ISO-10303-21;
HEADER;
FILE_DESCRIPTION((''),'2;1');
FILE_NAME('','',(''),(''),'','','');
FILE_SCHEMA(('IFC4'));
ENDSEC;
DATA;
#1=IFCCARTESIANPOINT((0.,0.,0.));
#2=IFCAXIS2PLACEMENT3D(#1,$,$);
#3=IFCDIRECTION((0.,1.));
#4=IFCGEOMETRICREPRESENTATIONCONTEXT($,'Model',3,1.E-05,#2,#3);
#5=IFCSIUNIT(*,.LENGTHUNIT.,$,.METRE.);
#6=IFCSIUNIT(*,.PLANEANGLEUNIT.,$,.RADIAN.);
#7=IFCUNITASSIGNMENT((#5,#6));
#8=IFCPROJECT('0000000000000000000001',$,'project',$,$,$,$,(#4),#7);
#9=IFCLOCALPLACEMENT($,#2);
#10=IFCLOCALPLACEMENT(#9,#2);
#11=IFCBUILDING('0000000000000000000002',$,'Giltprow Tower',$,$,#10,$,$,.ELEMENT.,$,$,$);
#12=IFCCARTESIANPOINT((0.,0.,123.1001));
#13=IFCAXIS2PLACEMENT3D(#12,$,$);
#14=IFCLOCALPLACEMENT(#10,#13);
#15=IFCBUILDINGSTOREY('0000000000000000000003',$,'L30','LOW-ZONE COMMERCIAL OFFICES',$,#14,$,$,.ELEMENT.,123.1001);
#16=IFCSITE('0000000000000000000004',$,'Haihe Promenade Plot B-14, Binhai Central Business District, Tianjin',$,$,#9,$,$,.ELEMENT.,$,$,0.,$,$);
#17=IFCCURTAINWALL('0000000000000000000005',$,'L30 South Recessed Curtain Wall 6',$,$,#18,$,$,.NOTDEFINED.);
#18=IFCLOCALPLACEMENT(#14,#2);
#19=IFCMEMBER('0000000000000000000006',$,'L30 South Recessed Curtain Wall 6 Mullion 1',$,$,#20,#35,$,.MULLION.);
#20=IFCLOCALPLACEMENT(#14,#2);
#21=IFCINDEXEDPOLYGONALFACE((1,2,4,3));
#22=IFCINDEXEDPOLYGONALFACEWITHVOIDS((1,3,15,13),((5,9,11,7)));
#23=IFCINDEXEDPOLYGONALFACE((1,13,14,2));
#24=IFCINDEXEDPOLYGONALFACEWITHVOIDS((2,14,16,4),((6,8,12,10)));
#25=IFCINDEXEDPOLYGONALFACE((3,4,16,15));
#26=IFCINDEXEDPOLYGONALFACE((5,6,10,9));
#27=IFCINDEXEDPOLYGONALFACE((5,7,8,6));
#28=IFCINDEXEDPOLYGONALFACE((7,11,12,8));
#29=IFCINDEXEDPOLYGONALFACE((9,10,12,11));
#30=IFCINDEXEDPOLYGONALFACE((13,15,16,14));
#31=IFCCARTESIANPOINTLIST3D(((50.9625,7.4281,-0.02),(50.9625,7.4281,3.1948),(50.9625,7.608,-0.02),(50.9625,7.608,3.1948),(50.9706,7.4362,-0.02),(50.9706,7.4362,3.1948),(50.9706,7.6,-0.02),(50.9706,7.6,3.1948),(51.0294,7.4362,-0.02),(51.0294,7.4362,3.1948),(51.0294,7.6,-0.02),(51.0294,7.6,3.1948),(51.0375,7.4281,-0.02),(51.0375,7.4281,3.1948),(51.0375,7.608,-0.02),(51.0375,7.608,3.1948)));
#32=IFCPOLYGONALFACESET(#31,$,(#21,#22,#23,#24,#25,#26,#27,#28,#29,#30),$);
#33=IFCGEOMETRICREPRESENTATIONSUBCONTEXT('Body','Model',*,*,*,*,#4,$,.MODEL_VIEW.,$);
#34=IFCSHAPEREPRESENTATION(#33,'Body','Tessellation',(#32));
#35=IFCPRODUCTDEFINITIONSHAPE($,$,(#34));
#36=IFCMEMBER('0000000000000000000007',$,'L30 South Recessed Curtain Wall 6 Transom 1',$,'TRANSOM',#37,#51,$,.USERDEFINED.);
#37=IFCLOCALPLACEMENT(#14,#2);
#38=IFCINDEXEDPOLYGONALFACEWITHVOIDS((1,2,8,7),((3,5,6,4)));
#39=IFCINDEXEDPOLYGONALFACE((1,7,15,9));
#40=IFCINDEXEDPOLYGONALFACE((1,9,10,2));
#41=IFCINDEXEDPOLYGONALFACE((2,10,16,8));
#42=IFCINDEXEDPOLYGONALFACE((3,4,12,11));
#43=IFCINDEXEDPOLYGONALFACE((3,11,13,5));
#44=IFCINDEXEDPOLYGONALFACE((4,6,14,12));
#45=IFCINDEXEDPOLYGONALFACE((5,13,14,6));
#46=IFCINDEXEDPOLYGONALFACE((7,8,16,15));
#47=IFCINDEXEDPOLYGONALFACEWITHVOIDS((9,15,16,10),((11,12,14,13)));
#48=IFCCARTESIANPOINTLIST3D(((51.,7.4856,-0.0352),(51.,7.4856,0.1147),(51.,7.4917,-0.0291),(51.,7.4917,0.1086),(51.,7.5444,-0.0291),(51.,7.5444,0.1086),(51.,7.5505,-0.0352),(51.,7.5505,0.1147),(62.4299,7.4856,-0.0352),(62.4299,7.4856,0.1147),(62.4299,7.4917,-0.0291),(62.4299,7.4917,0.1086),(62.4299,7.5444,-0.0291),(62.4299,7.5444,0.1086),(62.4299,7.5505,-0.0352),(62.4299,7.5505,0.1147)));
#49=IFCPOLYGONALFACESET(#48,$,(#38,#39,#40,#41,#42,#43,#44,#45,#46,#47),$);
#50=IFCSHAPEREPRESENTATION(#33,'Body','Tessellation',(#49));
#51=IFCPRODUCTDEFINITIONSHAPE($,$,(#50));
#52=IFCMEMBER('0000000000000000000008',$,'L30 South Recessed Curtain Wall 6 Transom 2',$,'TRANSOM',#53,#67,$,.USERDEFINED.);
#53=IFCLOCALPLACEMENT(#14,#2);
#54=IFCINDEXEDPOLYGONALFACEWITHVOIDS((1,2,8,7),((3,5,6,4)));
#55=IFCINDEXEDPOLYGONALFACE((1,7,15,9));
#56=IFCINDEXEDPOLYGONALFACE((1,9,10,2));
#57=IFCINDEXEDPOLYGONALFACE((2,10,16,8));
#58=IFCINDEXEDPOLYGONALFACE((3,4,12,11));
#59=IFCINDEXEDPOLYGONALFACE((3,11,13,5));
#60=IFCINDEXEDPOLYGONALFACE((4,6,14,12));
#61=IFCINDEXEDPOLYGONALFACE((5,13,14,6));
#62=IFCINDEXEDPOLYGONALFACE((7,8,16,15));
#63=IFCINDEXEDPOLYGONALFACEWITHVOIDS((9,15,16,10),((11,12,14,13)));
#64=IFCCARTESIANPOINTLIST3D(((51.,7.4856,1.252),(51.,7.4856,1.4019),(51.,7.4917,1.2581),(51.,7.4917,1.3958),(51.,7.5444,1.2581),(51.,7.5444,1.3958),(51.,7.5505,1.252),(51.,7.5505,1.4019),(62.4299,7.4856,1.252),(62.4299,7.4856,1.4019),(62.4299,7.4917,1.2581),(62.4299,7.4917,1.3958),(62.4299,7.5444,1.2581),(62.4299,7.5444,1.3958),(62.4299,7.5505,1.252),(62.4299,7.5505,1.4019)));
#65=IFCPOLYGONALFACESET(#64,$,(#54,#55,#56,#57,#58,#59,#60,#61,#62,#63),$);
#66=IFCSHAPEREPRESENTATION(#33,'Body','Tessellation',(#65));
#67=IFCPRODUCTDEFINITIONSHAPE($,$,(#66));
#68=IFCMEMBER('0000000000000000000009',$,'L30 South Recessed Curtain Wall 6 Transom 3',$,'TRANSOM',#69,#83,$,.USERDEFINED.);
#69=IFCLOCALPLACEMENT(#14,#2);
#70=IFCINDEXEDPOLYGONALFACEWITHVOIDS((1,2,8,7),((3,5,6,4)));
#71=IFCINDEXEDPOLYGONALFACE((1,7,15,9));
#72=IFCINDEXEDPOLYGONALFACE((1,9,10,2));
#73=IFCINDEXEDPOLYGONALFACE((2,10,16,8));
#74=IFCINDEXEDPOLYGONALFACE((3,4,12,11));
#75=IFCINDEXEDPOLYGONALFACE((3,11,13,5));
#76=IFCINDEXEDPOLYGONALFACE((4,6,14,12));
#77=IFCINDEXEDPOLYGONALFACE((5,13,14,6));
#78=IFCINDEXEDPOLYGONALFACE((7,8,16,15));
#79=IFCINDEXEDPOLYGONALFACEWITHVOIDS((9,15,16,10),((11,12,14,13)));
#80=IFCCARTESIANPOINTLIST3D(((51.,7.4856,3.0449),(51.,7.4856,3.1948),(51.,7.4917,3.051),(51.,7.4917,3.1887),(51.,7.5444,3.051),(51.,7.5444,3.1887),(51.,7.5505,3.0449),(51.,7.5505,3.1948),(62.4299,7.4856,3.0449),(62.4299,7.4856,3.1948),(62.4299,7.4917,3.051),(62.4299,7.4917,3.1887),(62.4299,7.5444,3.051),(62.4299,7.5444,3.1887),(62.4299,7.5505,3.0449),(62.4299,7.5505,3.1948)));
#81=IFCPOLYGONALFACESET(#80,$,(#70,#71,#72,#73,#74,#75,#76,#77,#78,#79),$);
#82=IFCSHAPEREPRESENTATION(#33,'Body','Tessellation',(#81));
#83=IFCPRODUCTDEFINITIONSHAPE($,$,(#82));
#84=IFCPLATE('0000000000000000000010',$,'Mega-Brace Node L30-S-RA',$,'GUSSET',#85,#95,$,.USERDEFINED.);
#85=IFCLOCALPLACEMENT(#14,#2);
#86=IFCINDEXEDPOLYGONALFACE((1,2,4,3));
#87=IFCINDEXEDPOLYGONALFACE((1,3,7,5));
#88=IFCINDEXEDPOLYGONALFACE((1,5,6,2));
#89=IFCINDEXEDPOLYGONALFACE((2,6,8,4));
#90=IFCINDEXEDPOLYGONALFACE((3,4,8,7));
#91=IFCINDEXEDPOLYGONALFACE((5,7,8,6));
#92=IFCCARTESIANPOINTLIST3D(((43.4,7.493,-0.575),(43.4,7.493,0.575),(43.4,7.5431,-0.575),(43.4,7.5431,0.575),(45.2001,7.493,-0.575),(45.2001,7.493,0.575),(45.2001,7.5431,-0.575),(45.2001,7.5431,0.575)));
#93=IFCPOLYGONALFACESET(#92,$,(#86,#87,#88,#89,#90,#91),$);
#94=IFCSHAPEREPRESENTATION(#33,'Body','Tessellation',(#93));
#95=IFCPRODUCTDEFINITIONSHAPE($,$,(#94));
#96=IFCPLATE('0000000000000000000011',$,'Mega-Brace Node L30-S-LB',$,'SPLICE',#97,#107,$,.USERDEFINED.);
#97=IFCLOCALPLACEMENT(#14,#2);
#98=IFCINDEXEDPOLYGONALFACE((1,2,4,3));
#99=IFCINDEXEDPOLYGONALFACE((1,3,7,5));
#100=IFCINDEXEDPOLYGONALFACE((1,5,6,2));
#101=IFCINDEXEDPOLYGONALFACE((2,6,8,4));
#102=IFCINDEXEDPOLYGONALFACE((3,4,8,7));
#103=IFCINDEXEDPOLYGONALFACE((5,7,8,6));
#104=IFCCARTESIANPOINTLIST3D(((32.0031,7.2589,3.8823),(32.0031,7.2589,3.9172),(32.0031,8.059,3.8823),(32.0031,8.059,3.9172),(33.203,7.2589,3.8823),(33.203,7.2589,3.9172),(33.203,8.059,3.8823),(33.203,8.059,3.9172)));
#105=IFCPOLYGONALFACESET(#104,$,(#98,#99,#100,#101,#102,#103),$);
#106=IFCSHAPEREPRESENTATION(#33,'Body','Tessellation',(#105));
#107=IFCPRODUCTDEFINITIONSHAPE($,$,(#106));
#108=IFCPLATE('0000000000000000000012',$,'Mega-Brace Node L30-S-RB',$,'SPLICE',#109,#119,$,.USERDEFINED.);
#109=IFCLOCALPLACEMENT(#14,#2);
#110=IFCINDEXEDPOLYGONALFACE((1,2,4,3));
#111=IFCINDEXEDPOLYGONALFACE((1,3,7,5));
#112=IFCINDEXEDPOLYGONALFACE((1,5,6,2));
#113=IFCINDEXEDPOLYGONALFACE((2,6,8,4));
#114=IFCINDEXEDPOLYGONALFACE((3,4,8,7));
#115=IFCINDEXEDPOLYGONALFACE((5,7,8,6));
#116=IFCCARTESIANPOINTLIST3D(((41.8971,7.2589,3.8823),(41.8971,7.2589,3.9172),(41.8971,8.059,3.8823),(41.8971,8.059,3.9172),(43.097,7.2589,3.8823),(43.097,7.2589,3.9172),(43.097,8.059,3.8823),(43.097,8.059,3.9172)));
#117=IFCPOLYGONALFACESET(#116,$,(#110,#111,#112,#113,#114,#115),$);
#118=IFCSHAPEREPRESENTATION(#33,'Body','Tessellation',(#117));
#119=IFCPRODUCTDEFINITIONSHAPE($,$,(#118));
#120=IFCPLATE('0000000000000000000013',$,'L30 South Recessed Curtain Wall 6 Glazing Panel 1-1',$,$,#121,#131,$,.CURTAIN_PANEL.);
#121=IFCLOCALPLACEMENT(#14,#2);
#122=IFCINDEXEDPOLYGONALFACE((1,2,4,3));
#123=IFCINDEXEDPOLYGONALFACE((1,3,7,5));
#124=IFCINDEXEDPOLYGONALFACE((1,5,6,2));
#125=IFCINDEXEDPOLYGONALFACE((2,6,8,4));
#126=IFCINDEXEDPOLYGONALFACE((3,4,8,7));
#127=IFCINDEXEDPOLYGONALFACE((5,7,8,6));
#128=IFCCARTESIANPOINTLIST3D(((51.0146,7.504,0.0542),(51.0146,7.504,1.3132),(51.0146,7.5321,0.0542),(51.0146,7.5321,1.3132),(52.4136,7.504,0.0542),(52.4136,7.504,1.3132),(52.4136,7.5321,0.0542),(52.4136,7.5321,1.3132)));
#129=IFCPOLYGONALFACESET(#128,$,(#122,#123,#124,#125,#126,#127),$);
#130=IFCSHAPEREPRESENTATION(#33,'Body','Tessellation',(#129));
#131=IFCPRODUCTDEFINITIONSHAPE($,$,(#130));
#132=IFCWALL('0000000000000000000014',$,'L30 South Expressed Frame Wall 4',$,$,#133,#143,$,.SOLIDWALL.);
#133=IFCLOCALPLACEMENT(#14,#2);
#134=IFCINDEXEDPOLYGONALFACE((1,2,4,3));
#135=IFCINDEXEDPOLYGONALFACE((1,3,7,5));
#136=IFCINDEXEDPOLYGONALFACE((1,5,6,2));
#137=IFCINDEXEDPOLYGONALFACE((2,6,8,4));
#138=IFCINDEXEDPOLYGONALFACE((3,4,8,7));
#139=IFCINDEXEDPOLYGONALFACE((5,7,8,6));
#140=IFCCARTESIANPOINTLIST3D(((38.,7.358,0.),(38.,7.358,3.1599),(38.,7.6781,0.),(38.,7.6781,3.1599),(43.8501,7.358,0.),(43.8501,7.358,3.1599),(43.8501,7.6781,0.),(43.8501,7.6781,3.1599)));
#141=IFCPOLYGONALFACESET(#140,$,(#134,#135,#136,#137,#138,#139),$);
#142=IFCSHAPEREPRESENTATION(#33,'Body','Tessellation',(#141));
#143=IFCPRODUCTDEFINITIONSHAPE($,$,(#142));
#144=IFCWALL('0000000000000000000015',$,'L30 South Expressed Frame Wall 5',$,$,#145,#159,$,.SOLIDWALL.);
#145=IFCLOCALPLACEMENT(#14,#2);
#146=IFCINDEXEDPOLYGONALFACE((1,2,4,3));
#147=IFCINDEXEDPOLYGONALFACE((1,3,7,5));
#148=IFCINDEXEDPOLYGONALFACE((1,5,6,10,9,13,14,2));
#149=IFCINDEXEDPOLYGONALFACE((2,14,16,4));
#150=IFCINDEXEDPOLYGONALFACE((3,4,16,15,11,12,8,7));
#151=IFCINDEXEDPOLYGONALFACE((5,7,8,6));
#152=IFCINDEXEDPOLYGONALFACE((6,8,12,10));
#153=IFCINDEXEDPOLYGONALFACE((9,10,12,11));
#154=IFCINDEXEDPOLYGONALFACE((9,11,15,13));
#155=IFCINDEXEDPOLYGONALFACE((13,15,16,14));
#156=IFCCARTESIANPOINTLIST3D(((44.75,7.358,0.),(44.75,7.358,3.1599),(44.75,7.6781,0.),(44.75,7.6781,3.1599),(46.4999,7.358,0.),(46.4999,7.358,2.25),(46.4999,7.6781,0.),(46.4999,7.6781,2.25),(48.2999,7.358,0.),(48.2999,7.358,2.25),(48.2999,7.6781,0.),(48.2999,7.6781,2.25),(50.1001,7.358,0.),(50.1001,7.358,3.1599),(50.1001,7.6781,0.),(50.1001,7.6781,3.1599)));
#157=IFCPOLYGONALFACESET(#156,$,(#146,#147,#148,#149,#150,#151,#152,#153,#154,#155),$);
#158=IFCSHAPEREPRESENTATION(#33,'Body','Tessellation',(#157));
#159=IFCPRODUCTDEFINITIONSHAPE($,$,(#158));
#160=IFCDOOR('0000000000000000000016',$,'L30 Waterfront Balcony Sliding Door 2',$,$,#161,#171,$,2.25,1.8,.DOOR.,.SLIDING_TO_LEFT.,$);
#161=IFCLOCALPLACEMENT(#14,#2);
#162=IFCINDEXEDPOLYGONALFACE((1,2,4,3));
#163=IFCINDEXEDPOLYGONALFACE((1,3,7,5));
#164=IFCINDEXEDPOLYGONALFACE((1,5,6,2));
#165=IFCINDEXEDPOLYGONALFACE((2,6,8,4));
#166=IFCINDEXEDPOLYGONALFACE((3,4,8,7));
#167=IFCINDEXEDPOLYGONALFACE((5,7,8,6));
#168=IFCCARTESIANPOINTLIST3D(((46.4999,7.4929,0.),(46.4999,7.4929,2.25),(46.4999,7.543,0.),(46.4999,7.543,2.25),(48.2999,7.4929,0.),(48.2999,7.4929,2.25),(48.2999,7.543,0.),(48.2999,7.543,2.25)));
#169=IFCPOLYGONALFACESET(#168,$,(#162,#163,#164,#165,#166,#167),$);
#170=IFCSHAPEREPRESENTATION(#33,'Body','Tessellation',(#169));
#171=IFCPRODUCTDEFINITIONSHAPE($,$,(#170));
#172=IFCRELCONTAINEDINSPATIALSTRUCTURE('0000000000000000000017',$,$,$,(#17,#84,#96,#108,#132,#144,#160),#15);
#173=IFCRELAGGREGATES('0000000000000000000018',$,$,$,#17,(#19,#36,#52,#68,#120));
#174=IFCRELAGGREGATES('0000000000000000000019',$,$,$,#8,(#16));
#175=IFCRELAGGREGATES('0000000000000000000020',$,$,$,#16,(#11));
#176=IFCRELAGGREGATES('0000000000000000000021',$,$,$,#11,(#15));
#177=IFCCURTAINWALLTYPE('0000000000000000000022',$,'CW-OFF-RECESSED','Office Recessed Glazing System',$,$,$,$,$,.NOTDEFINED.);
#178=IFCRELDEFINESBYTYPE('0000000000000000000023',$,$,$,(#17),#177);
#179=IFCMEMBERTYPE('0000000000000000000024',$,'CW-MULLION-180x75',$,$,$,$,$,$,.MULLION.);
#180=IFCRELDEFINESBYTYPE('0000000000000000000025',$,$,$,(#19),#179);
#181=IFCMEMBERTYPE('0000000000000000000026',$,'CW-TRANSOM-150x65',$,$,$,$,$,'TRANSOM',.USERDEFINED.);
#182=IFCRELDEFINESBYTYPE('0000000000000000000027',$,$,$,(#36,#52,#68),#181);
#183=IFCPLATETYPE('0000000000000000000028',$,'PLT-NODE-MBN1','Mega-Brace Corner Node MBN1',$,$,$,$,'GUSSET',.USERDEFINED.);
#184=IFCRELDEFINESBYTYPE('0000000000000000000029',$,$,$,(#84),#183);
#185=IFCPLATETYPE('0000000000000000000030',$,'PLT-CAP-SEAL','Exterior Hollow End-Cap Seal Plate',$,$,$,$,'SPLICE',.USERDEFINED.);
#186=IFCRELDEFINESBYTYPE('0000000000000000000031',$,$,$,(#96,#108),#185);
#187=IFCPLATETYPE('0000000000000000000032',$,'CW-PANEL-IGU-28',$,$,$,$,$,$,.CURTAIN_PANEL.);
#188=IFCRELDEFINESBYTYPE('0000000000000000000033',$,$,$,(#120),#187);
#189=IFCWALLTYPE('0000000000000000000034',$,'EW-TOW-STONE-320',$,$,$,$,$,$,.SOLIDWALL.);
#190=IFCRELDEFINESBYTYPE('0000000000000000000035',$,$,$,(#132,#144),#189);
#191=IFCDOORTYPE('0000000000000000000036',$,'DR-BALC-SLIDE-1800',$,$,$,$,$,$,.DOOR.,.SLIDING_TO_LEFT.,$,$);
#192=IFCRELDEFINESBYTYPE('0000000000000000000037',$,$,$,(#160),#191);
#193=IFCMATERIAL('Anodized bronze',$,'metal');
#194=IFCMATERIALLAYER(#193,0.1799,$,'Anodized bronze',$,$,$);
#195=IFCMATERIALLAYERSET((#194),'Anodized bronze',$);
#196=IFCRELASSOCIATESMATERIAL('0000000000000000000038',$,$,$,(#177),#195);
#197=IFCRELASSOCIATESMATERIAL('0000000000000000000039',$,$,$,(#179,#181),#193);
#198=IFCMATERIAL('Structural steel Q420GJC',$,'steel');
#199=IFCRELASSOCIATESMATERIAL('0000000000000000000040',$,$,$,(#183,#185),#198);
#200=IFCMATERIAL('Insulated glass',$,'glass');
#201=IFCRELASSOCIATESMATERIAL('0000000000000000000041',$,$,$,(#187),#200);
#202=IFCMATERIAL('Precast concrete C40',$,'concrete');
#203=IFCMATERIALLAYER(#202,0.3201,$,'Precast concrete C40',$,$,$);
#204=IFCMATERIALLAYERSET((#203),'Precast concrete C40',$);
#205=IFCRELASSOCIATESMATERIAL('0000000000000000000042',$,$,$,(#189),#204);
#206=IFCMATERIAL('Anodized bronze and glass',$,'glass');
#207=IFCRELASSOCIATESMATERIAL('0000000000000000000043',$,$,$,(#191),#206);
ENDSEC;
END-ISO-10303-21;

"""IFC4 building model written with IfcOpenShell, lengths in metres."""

from ifc_helpers import new_model, si_unit, direction, frame, frame_2d, origin, origin_2d, place, context, subcontext, project, spatial, rectangle, hollow_rectangle, extrude, source, transform, mapped, material, layer, layer_set, material_profile, profile_set, type_object, element, fill, aggregate, save


model = new_model("IFC4")

# Units and contexts
model_context = context("Model", 3, precision=1e-05, world=origin(), true_north=direction((0.0, 1.0)))
body_context = subcontext(model_context, "Body", "Model", "MODEL_VIEW")
ifc_project = project(units=[si_unit("LENGTHUNIT", "METRE"), si_unit("PLANEANGLEUNIT", "RADIAN")], contexts=[model_context])

# Site, building, storey
site_placement = place(None, origin())
site = spatial("IfcSite", under=ifc_project, at=site_placement, Name="Haihe Promenade Plot B-14, Binhai Central Business District, Tianjin", CompositionType="ELEMENT", RefElevation=0.0)
building_placement = place(site_placement, origin())
building = spatial("IfcBuilding", under=site, at=building_placement, Name="Giltprow Tower", CompositionType="ELEMENT")
storey_placement = place(building_placement, frame((0.0, 0.0, 123.1001)))
storey = spatial("IfcBuildingStorey", under=building, at=storey_placement, Name="L30", Description="LOW-ZONE COMMERCIAL OFFICES", CompositionType="ELEMENT", Elevation=123.1001)

# Shared definitions
ifc_material_1 = material(Name="Structural steel Q420GJC", Category="steel")

# Curtain wall, members
ifc_material_2 = material(Name="Anodized bronze", Category="metal")
ifc_layer_1 = layer(ifc_material_2, 0.1799, Name="Anodized bronze")
ifc_layer_set_1 = layer_set([ifc_layer_1], Name="Anodized bronze")
curtain_wall_type = type_object("IfcCurtainWallType", Name="CW-OFF-RECESSED", Description="Office Recessed Glazing System", PredefinedType="NOTDEFINED", material=ifc_layer_set_1)
curtain_wall_placement = place(storey_placement, origin())
curtain_wall = element("IfcCurtainWall", 1, at=curtain_wall_placement, inside=storey, type_object=curtain_wall_type, Name="L30 South Recessed Curtain Wall 6", PredefinedType="NOTDEFINED")
ifc_material_profile_1 = material_profile(ifc_material_2, hollow_rectangle(XDim=0.075, YDim=0.1799, WallThickness=0.0081, at=origin_2d()), Name="RHS 180x75x8")
ifc_profile_set_1 = profile_set([ifc_material_profile_1], Name="Anodized bronze")
member_type_1 = type_object("IfcMemberType", Name="CW-MULLION-180x75", PredefinedType="MULLION", material=ifc_profile_set_1)
shared_shape_1 = source(origin(), body_context, "Body", "SweptSolid", [
    extrude(hollow_rectangle(XDim=0.075, YDim=0.1799, WallThickness=0.0081, at=origin_2d()), origin(), (0.0, 0.0, 1.0), 3.2148),
])
member_1_placement = place(storey_placement, frame((51.0, 7.5181, -0.02), z_axis=(0.0, 0.0, 1.0), x_axis=(1.0, 0.0, 0.0)))
member_1 = element("IfcMember", 2, at=member_1_placement, type_object=member_type_1, Name="L30 South Recessed Curtain Wall 6 Mullion 1", PredefinedType="MULLION", context=body_context, shape_type="MappedRepresentation", body=[
    mapped(shared_shape_1, transform((0.0, 0.0, 0.0), x_axis=(1.0, 0.0, 0.0), y_axis=(0.0, 1.0, 0.0), z_axis=(0.0, 0.0, 1.0), scale=1.0)),
])
ifc_material_profile_2 = material_profile(ifc_material_2, hollow_rectangle(XDim=0.0649, YDim=0.1499, WallThickness=0.0061, at=origin_2d()), Name="RHS 150x65x6")
ifc_profile_set_2 = profile_set([ifc_material_profile_2], Name="Anodized bronze")
member_type_2 = type_object("IfcMemberType", Name="CW-TRANSOM-150x65", ElementType="TRANSOM", PredefinedType="USERDEFINED", material=ifc_profile_set_2)
shared_shape_2 = source(origin(), body_context, "Body", "SweptSolid", [
    extrude(hollow_rectangle(XDim=0.0649, YDim=0.1499, WallThickness=0.0061, at=origin_2d()), origin(), (0.0, 0.0, 1.0), 11.4299),
])
member_2_placement = place(storey_placement, frame((51.0, 7.5181, 0.0398), z_axis=(1.0, 0.0, 0.0), x_axis=(0.0, 1.0, 0.0)))
member_2 = element("IfcMember", 3, at=member_2_placement, type_object=member_type_2, Name="L30 South Recessed Curtain Wall 6 Transom 1", ObjectType="TRANSOM", PredefinedType="USERDEFINED", context=body_context, shape_type="MappedRepresentation", body=[
    mapped(shared_shape_2, transform((0.0, 0.0, 0.0), x_axis=(1.0, 0.0, 0.0), y_axis=(0.0, 1.0, 0.0), z_axis=(0.0, 0.0, 1.0), scale=1.0)),
])
member_3_placement = place(storey_placement, frame((51.0, 7.5181, 1.3269), z_axis=(1.0, 0.0, 0.0), x_axis=(0.0, 1.0, 0.0)))
member_3 = element("IfcMember", 4, at=member_3_placement, type_object=member_type_2, Name="L30 South Recessed Curtain Wall 6 Transom 2", ObjectType="TRANSOM", PredefinedType="USERDEFINED", context=body_context, shape_type="MappedRepresentation", body=[
    mapped(shared_shape_2, transform((0.0, 0.0, 0.0), x_axis=(1.0, 0.0, 0.0), y_axis=(0.0, 1.0, 0.0), z_axis=(0.0, 0.0, 1.0), scale=1.0)),
])
member_4_placement = place(storey_placement, frame((51.0, 7.5181, 3.1199), z_axis=(1.0, 0.0, 0.0), x_axis=(0.0, 1.0, 0.0)))
member_4 = element("IfcMember", 5, at=member_4_placement, type_object=member_type_2, Name="L30 South Recessed Curtain Wall 6 Transom 3", ObjectType="TRANSOM", PredefinedType="USERDEFINED", context=body_context, shape_type="MappedRepresentation", body=[
    mapped(shared_shape_2, transform((0.0, 0.0, 0.0), x_axis=(1.0, 0.0, 0.0), y_axis=(0.0, 1.0, 0.0), z_axis=(0.0, 0.0, 1.0), scale=1.0)),
])

# Plates
plate_type_1 = type_object("IfcPlateType", Name="PLT-NODE-MBN1", Description="Mega-Brace Corner Node MBN1", ElementType="GUSSET", PredefinedType="USERDEFINED", material=ifc_material_1)
shared_shape_3 = source(origin(), body_context, "Body", "SweptSolid", [
    extrude(rectangle(XDim=1.8, YDim=0.05, at=origin_2d()), origin(), (0.0, 0.0, 1.0), 1.1499),
])
plate_1_placement = place(storey_placement, frame((44.3, 7.5181, -0.575), z_axis=(0.0, 0.0, 1.0), x_axis=(1.0, 0.0, 0.0)))
element("IfcPlate", 6, at=plate_1_placement, inside=storey, type_object=plate_type_1, Name="Mega-Brace Node L30-S-RA", ObjectType="GUSSET", PredefinedType="USERDEFINED", context=body_context, shape_type="MappedRepresentation", body=[
    mapped(shared_shape_3, transform((0.0, 0.0, 0.0), x_axis=(1.0, 0.0, 0.0), y_axis=(0.0, 1.0, 0.0), z_axis=(0.0, 0.0, 1.0), scale=1.0)),
])
plate_type_2 = type_object("IfcPlateType", Name="PLT-CAP-SEAL", Description="Exterior Hollow End-Cap Seal Plate", ElementType="SPLICE", PredefinedType="USERDEFINED", material=ifc_material_1)
shared_shape_4 = source(origin(), body_context, "Body", "SweptSolid", [
    extrude(rectangle(XDim=1.2, YDim=0.8, at=origin_2d()), origin(), (0.0, 0.0, 1.0), 0.0349),
])
for number, where, z_axis, x_axis, name in (
    (7, (32.603, 7.6589, 3.8823), (0.0, 0.0, 1.0), (1.0, 0.0, 0.0), "Mega-Brace Node L30-S-LB"),
    (8, (42.4971, 7.6589, 3.8823), (0.0, 0.0, 1.0), (1.0, 0.0, 0.0), "Mega-Brace Node L30-S-RB"),
):
    element("IfcPlate", number, at=place(storey_placement, frame(where, z_axis=z_axis, x_axis=x_axis)), inside=storey, type_object=plate_type_2, Name=name, ObjectType="SPLICE", PredefinedType="USERDEFINED", context=body_context, shape_type="MappedRepresentation", body=[
        mapped(shared_shape_4, transform((0.0, 0.0, 0.0), x_axis=(1.0, 0.0, 0.0), y_axis=(0.0, 1.0, 0.0), z_axis=(0.0, 0.0, 1.0), scale=1.0)),
    ])

# Plate
ifc_material_3 = material(Name="Insulated glass", Category="glass")
plate_type_3 = type_object("IfcPlateType", Name="CW-PANEL-IGU-28", PredefinedType="CURTAIN_PANEL", material=ifc_material_3)
shared_shape_5 = source(origin(), body_context, "Body", "SweptSolid", [
    extrude(rectangle(XDim=1.3989, YDim=0.0281, at=origin_2d()), origin(), (0.0, 0.0, 1.0), 1.259),
])
plate_2_placement = place(storey_placement, frame((51.7141, 7.5181, 0.0542), z_axis=(0.0, 0.0, 1.0), x_axis=(1.0, 0.0, 0.0)))
plate_2 = element("IfcPlate", 9, at=plate_2_placement, type_object=plate_type_3, Name="L30 South Recessed Curtain Wall 6 Glazing Panel 1-1", PredefinedType="CURTAIN_PANEL", context=body_context, shape_type="MappedRepresentation", body=[
    mapped(shared_shape_5, transform((0.0, 0.0, 0.0), x_axis=(1.0, 0.0, 0.0), y_axis=(0.0, 1.0, 0.0), z_axis=(0.0, 0.0, 1.0), scale=1.0)),
])
aggregate(curtain_wall, [member_1, member_2, member_3, member_4, plate_2])

# Wall
ifc_material_4 = material(Name="Precast concrete C40", Category="concrete")
ifc_layer_2 = layer(ifc_material_4, 0.3201, Name="Precast concrete C40")
ifc_layer_set_2 = layer_set([ifc_layer_2], Name="Precast concrete C40")
wall_type_1 = type_object("IfcWallType", Name="EW-TOW-STONE-320", PredefinedType="SOLIDWALL", material=ifc_layer_set_2)
wall_1_placement = place(storey_placement, frame((38.0, 7.5181, 0.0), z_axis=(0.0, 0.0, 1.0), x_axis=(1.0, 0.0, 0.0)))
element("IfcWall", 10, at=wall_1_placement, inside=storey, type_object=wall_type_1, Name="L30 South Expressed Frame Wall 4", PredefinedType="SOLIDWALL", context=body_context, shape_type="SweptSolid", body=[
    extrude(rectangle(XDim=5.8501, YDim=0.3201, at=frame_2d((2.925, 0.0))), origin(), (0.0, 0.0, 1.0), 3.1599),
])

# Wall, opening, door
wall_2_placement = place(storey_placement, frame((44.75, 7.5181, 0.0), z_axis=(0.0, 0.0, 1.0), x_axis=(1.0, 0.0, 0.0)))
wall_2 = element("IfcWall", 11, at=wall_2_placement, inside=storey, type_object=wall_type_1, Name="L30 South Expressed Frame Wall 5", PredefinedType="SOLIDWALL", context=body_context, shape_type="SweptSolid", body=[
    extrude(rectangle(XDim=5.3501, YDim=0.3201, at=frame_2d((2.675, 0.0))), origin(), (0.0, 0.0, 1.0), 3.1599),
])
opening_1_placement = place(wall_2_placement, frame((1.75, 0.0, 0.0)))
opening_1 = element("IfcOpeningElement", 12, at=opening_1_placement, cuts=wall_2, PredefinedType="OPENING", context=body_context, shape_type="SweptSolid", body=[
    extrude(rectangle(XDim=1.8, YDim=2.25, at=frame_2d((0.8999, 1.125))), frame((0.0, 0.1699, 0.0), z_axis=(0.0, -1.0, 0.0), x_axis=(1.0, 0.0, 0.0)), (0.0, 0.0, 1.0), 0.3401),
])
ifc_material_5 = material(Name="Anodized bronze and glass", Category="glass")
door_type_1 = type_object("IfcDoorType", Name="DR-BALC-SLIDE-1800", OperationType="SLIDING_TO_LEFT", PredefinedType="DOOR", material=ifc_material_5)
shared_shape_6 = source(origin(), body_context, "Body", "SweptSolid", [
    extrude(rectangle(XDim=1.8, YDim=2.25, at=frame_2d((0.8999, 1.125))), frame((0.0, 0.0249, 0.0), z_axis=(0.0, -1.0, 0.0), x_axis=(1.0, 0.0, 0.0)), (0.0, 0.0, 1.0), 0.05),
])
door_1_placement = place(opening_1_placement, origin())
door_1 = element("IfcDoor", 13, at=door_1_placement, inside=storey, type_object=door_type_1, Name="L30 Waterfront Balcony Sliding Door 2", OperationType="SLIDING_TO_LEFT", OverallHeight=2.25, OverallWidth=1.8, PredefinedType="DOOR", context=body_context, shape_type="MappedRepresentation", body=[
    mapped(shared_shape_6, transform((0.0, 0.0, 0.0), x_axis=(1.0, 0.0, 0.0), y_axis=(0.0, 1.0, 0.0), z_axis=(0.0, 0.0, 1.0), scale=1.0)),
])
fill(opening_1, door_1)

save(model, "model.ifc")
